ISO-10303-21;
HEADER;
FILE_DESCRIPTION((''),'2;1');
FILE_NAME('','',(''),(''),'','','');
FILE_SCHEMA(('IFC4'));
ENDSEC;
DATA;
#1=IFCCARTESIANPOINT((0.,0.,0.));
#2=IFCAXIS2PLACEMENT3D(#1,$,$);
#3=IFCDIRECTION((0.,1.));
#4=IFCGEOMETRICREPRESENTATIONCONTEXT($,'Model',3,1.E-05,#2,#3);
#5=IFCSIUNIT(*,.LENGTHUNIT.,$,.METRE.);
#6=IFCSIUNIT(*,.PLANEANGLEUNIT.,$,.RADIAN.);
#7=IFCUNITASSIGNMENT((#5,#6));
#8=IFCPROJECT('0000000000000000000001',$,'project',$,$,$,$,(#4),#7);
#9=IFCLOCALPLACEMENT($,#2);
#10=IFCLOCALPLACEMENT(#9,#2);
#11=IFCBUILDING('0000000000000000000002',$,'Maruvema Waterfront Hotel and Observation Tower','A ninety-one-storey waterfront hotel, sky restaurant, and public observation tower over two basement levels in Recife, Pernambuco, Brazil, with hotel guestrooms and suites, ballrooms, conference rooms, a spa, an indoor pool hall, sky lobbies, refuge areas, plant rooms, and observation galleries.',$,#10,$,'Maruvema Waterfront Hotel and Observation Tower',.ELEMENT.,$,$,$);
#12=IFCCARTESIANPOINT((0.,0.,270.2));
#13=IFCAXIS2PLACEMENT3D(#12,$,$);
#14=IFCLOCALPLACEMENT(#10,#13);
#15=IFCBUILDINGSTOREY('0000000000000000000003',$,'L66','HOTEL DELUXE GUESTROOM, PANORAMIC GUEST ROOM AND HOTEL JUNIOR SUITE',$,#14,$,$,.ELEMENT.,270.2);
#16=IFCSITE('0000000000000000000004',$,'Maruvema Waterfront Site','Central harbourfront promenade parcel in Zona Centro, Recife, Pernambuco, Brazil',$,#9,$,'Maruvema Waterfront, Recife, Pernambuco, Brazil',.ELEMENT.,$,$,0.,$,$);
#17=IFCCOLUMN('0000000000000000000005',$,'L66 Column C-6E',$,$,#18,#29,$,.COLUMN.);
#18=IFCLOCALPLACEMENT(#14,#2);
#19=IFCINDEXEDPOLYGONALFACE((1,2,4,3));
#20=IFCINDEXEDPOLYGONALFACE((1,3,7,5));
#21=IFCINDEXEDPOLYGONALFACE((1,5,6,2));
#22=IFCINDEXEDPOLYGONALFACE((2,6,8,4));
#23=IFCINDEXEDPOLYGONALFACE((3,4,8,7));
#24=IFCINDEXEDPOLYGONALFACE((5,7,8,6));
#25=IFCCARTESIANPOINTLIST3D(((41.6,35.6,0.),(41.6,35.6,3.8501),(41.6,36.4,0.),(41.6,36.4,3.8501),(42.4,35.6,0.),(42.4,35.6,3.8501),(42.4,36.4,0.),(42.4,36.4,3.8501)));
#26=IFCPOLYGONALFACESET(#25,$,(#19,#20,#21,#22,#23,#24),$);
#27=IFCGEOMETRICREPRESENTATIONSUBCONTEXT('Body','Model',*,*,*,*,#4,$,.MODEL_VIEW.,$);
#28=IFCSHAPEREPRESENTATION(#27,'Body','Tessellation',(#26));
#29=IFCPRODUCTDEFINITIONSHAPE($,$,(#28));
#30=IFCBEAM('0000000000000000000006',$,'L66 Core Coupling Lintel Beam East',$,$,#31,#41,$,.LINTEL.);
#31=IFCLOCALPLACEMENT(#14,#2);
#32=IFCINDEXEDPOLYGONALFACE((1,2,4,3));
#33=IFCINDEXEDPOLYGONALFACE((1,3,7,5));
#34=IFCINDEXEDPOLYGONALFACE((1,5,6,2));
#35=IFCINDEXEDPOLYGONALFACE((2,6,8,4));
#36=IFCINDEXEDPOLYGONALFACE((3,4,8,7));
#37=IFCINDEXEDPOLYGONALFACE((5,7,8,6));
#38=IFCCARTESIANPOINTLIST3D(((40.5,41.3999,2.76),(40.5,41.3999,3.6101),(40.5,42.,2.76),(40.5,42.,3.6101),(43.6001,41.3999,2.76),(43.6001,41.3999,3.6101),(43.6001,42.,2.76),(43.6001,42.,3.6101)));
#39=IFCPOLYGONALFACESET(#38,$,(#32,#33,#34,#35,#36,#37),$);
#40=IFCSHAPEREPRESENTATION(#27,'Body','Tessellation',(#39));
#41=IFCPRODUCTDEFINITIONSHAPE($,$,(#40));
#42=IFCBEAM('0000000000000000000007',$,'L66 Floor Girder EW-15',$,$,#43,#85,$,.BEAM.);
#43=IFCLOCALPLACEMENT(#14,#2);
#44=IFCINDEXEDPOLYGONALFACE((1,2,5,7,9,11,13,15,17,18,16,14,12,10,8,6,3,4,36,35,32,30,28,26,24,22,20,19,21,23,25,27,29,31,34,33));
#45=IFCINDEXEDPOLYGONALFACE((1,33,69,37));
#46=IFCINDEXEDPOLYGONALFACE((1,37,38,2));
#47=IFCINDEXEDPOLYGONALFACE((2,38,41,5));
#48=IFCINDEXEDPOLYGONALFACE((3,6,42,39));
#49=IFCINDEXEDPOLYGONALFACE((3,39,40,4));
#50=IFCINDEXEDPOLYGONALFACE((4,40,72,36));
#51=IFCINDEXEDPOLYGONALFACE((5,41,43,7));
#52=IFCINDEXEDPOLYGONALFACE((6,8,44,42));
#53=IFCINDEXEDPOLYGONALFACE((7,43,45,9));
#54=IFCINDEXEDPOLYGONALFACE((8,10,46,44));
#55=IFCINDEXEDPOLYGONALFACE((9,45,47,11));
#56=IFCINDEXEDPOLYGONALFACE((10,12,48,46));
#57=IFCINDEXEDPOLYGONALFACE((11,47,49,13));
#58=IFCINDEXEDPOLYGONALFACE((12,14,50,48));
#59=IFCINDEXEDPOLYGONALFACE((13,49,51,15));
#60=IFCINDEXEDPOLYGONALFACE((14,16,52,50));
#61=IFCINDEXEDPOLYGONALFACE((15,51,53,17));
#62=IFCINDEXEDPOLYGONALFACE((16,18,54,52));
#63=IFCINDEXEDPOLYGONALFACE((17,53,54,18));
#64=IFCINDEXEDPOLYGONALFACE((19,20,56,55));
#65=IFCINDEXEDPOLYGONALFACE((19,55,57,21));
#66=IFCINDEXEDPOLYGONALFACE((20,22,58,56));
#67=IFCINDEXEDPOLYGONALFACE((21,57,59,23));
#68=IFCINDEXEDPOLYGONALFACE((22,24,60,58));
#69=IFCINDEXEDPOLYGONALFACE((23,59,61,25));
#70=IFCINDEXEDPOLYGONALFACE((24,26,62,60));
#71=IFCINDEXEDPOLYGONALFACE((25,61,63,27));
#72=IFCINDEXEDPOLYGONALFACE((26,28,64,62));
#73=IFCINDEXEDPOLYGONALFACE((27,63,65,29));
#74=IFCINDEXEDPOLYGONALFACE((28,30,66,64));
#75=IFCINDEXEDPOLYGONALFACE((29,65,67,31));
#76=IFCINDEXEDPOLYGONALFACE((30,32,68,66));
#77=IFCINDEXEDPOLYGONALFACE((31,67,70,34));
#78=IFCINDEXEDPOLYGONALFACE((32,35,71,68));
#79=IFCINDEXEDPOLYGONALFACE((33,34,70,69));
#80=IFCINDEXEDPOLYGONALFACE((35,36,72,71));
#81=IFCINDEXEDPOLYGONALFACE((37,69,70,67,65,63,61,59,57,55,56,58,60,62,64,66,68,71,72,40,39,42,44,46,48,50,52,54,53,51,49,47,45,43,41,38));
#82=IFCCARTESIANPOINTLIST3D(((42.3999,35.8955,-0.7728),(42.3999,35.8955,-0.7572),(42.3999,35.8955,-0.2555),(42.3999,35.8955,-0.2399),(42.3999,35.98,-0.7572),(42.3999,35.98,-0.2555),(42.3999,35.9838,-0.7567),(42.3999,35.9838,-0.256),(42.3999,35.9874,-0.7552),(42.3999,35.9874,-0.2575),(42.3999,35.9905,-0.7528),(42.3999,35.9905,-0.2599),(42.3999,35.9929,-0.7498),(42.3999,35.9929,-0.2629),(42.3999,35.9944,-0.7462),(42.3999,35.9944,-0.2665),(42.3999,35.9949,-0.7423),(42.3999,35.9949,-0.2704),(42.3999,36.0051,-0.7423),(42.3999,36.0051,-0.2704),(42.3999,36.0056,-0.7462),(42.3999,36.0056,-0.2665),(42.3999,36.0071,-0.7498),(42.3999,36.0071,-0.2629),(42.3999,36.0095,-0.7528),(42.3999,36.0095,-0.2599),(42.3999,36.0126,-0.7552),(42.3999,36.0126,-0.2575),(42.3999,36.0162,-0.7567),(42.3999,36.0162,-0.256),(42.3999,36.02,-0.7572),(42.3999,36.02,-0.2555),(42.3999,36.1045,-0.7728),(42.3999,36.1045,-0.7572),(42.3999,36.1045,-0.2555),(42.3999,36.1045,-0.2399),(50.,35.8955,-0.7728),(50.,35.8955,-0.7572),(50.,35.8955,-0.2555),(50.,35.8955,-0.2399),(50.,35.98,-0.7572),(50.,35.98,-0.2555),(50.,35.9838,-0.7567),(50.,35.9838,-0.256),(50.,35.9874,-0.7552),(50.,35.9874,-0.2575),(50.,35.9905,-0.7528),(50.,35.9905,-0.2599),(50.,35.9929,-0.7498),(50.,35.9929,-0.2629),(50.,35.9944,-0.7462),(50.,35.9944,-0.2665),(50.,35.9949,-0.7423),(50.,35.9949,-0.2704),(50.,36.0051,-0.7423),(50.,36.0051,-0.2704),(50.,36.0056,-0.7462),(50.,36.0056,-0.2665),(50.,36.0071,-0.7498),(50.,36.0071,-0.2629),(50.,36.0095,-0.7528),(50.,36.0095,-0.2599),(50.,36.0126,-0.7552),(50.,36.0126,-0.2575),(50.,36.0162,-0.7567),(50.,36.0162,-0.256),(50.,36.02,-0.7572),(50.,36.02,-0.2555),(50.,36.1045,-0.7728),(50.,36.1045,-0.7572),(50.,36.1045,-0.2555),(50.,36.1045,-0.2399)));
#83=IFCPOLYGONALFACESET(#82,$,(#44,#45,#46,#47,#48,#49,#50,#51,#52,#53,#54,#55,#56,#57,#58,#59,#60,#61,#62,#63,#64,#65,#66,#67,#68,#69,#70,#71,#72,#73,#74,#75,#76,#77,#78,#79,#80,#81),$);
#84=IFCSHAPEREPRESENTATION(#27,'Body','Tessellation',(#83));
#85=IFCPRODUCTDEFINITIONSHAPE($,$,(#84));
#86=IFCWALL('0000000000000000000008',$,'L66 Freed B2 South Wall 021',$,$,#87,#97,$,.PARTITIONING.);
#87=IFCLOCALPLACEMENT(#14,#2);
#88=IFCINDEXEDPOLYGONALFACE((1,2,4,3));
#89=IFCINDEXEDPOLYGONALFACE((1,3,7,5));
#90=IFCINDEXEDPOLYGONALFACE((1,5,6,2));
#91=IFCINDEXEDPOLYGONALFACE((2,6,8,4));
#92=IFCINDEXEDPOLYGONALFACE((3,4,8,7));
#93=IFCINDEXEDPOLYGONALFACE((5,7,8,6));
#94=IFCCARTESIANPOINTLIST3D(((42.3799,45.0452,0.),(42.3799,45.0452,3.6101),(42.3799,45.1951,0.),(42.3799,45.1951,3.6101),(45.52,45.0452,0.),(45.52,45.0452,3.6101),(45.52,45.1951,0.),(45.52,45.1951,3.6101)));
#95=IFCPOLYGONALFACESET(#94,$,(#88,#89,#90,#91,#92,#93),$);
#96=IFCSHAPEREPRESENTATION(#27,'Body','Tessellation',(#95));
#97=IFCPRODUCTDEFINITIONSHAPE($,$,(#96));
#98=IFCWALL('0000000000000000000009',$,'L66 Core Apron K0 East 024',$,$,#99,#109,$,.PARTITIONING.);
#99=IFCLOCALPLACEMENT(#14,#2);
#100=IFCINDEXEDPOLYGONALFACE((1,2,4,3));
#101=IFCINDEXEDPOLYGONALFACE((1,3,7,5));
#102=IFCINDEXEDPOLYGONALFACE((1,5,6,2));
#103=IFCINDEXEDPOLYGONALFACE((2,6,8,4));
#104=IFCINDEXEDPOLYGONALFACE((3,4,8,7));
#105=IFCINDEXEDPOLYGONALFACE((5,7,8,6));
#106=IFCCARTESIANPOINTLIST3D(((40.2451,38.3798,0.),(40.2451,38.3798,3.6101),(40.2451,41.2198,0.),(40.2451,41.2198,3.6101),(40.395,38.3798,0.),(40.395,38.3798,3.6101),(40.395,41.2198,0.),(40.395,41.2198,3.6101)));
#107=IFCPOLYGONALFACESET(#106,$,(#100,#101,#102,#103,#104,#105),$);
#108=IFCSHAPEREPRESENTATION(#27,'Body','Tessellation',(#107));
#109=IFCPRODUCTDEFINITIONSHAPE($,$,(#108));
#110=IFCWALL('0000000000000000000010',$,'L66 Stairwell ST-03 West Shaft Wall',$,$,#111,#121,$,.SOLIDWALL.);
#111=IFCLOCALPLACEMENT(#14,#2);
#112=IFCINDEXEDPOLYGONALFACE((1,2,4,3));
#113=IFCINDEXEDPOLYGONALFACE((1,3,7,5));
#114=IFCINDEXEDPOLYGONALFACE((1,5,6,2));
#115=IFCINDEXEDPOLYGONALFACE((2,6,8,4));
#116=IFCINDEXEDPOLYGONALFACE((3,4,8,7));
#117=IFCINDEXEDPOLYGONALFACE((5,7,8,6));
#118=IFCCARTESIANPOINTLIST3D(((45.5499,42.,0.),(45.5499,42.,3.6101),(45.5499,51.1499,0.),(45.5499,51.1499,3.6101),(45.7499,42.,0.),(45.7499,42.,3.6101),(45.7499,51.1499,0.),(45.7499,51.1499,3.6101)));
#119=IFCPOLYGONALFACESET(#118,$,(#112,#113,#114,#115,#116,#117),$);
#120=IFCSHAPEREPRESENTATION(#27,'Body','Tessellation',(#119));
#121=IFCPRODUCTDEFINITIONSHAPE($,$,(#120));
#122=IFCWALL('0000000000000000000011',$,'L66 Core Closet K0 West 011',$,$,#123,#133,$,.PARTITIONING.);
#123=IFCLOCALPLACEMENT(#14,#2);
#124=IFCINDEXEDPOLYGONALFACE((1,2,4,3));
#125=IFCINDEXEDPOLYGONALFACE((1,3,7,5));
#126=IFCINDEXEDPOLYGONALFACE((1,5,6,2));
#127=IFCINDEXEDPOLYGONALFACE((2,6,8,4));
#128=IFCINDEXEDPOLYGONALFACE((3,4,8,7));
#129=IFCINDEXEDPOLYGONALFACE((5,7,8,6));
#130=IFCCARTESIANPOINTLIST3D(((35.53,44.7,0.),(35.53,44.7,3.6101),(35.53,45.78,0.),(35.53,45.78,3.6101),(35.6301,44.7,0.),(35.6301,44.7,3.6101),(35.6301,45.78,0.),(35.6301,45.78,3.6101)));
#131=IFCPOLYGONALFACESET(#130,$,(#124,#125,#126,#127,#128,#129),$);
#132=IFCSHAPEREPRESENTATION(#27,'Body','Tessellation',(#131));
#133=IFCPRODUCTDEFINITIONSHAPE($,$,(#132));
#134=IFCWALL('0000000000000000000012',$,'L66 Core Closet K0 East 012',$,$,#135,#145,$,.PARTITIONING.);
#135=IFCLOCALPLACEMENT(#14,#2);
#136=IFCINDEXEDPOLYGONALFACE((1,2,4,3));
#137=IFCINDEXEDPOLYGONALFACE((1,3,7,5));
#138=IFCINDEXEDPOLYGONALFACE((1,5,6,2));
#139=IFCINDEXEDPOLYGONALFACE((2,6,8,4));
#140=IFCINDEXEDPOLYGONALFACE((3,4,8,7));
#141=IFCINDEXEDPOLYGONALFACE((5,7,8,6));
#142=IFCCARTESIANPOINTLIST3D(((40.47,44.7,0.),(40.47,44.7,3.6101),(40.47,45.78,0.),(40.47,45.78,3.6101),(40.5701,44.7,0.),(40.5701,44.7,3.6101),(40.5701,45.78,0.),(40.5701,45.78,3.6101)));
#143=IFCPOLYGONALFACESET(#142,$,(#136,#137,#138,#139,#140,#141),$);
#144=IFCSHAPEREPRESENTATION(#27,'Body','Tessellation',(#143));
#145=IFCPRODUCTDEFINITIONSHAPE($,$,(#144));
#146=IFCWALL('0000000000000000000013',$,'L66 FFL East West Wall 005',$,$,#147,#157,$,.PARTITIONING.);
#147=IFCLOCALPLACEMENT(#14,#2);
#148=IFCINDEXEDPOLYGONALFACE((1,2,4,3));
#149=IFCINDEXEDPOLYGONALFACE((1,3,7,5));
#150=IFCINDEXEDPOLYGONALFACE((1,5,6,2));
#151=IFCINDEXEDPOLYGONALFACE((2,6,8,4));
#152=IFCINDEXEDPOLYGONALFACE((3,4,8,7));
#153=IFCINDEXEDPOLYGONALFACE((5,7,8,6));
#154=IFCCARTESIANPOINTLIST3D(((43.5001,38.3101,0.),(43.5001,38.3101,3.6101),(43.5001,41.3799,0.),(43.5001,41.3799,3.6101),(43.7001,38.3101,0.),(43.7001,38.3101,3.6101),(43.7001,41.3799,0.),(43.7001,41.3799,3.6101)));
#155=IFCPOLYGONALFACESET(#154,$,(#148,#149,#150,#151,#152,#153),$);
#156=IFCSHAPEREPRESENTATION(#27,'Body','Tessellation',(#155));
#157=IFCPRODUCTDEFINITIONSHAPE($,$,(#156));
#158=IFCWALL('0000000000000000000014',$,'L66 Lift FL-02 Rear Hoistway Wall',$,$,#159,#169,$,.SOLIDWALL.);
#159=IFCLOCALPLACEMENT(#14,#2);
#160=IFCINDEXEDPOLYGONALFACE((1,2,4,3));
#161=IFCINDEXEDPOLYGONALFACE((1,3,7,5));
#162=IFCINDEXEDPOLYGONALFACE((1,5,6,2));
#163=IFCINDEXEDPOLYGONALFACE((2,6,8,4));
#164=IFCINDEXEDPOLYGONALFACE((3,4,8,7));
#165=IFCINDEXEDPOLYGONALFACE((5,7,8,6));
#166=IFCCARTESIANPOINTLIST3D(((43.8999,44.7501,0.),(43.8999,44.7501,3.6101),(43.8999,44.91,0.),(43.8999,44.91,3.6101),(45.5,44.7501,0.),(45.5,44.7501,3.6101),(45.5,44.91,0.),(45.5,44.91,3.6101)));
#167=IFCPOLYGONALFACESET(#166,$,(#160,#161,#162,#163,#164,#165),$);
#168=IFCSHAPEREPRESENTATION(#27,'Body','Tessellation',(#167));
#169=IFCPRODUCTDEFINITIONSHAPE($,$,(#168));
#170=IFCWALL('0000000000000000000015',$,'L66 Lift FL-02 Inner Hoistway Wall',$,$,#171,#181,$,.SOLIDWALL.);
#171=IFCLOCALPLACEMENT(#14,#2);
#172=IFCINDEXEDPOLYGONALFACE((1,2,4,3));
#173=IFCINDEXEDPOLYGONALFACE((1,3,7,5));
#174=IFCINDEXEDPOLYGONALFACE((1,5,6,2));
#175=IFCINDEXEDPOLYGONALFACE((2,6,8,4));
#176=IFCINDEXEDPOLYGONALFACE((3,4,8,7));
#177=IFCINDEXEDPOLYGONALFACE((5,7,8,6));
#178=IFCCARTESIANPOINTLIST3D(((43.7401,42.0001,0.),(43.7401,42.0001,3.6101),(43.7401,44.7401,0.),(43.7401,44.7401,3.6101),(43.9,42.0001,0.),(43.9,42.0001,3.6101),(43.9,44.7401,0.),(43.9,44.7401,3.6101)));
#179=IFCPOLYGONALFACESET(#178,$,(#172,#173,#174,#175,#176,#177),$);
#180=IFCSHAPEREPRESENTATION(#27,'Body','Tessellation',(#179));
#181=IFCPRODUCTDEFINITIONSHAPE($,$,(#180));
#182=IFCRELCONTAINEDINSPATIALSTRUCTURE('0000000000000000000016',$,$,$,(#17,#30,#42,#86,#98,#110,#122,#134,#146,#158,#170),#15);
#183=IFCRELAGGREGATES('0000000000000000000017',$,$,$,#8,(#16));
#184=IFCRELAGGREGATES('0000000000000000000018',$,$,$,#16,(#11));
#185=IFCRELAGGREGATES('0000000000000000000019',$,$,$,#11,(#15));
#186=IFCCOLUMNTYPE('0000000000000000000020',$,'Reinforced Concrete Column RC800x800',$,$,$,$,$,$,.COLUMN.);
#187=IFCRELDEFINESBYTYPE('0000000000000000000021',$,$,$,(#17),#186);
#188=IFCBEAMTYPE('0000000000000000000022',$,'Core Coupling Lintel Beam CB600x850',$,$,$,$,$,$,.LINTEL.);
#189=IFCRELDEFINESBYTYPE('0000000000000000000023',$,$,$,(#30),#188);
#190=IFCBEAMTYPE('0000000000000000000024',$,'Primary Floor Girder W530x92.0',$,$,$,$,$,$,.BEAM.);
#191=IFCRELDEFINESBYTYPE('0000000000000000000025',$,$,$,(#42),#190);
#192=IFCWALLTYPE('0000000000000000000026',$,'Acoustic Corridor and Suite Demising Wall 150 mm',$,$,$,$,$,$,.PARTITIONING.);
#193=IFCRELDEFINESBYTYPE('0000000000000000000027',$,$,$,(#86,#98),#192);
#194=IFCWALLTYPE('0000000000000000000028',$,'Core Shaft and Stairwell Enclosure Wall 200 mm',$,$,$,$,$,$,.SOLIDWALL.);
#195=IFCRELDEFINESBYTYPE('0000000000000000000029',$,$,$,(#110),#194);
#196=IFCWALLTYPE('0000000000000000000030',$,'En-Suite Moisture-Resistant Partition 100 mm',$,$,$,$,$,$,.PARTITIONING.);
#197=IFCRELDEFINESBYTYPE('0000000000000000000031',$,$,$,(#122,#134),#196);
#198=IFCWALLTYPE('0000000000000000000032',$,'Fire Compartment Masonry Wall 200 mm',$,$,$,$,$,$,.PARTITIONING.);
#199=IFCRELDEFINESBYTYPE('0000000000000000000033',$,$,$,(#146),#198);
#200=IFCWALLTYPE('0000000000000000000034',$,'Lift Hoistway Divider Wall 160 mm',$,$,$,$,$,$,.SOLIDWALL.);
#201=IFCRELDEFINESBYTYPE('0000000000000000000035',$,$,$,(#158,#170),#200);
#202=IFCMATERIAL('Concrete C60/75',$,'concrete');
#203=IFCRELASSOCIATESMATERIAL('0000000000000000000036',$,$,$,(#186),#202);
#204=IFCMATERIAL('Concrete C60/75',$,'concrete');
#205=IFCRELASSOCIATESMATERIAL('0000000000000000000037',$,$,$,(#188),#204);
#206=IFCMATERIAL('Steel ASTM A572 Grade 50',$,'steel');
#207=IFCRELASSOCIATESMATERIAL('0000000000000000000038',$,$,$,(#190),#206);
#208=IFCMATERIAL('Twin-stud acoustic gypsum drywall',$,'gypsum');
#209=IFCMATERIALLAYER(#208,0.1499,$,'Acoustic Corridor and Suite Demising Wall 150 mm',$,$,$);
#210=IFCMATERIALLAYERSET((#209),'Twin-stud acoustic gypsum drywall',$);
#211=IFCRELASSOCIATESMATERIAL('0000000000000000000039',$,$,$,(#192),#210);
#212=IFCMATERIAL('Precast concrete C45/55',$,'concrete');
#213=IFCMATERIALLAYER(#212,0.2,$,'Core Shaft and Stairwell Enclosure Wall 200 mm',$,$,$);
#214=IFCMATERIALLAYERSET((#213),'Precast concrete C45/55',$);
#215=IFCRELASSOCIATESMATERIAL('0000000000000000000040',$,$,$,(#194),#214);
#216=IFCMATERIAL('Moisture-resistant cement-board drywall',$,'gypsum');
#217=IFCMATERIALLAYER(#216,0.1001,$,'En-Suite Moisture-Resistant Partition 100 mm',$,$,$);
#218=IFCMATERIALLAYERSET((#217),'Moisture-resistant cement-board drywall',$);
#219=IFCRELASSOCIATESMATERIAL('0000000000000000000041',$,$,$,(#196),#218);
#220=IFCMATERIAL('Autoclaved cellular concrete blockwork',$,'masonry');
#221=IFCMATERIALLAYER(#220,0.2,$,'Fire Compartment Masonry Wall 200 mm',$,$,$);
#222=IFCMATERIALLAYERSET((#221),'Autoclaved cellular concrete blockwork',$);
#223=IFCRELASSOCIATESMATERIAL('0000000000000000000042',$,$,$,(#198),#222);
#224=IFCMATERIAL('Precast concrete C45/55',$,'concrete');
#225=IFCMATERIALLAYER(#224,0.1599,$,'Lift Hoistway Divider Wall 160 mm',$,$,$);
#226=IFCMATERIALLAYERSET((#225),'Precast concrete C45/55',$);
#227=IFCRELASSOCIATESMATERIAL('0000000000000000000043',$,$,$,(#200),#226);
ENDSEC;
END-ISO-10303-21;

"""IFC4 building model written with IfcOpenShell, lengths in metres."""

from ifc_helpers import new_model, si_unit, direction, frame, frame_2d, origin, origin_2d, place, context, subcontext, project, spatial, rectangle, i_section, extrude, material, layer, layer_set, material_profile, profile_set, type_object, element, save


model = new_model("IFC4")

# Units and contexts
model_context = context("Model", 3, precision=1e-05, world=origin(), true_north=direction((0.0, 1.0)))
body_context = subcontext(model_context, "Body", "Model", "MODEL_VIEW")
ifc_project = project(units=[si_unit("LENGTHUNIT", "METRE"), si_unit("PLANEANGLEUNIT", "RADIAN")], contexts=[model_context])

# Site, building, storey
site_placement = place(None, origin())
site = spatial("IfcSite", under=ifc_project, at=site_placement, Name="Maruvema Waterfront Site", Description="Central harbourfront promenade parcel in Zona Centro, Recife, Pernambuco, Brazil", LongName="Maruvema Waterfront, Recife, Pernambuco, Brazil", CompositionType="ELEMENT", RefElevation=0.0)
building_placement = place(site_placement, origin())
building = spatial("IfcBuilding", under=site, at=building_placement, Name="Maruvema Waterfront Hotel and Observation Tower", Description="A ninety-one-storey waterfront hotel, sky restaurant, and public observation tower over two basement levels in Recife, Pernambuco, Brazil, with hotel guestrooms and suites, ballrooms, conference rooms, a spa, an indoor pool hall, sky lobbies, refuge areas, plant rooms, and observation galleries.", LongName="Maruvema Waterfront Hotel and Observation Tower", CompositionType="ELEMENT")
storey_placement = place(building_placement, frame((0.0, 0.0, 270.2)))
storey = spatial("IfcBuildingStorey", under=building, at=storey_placement, Name="L66", Description="HOTEL DELUXE GUESTROOM, PANORAMIC GUEST ROOM AND HOTEL JUNIOR SUITE", CompositionType="ELEMENT", Elevation=270.2)

# Column
ifc_material_1 = material(Name="Concrete C60/75", Category="concrete")
ifc_material_profile_1 = material_profile(ifc_material_1, rectangle(XDim=0.8, YDim=0.8, at=origin_2d()), Name="RC800x800")
ifc_profile_set_1 = profile_set([ifc_material_profile_1], Name="Concrete C60/75")
column_type = type_object("IfcColumnType", Name="Reinforced Concrete Column RC800x800", PredefinedType="COLUMN", material=ifc_profile_set_1)
column_placement = place(storey_placement, frame((42.0, 36.0, 0.0), z_axis=(0.0, 0.0, 1.0), x_axis=(1.0, 0.0, 0.0)))
element("IfcColumn", 1, at=column_placement, inside=storey, type_object=column_type, Name="L66 Column C-6E", PredefinedType="COLUMN", context=body_context, shape_type="SweptSolid", body=[
    extrude(rectangle(XDim=0.8, YDim=0.8, at=origin_2d()), origin(), (0.0, 0.0, 1.0), 3.8501),
])

# Beams
ifc_material_2 = material(Name="Concrete C60/75", Category="concrete")
ifc_material_profile_2 = material_profile(ifc_material_2, rectangle(XDim=0.6001, YDim=0.8501, at=origin_2d()), Name="CB600x850")
ifc_profile_set_2 = profile_set([ifc_material_profile_2], Name="Concrete C60/75")
beam_type_1 = type_object("IfcBeamType", Name="Core Coupling Lintel Beam CB600x850", PredefinedType="LINTEL", material=ifc_profile_set_2)
beam_1_placement = place(storey_placement, frame((40.5, 41.7, 3.1851), z_axis=(1.0, 0.0, 0.0), x_axis=(0.0, 1.0, 0.0)))
element("IfcBeam", 2, at=beam_1_placement, inside=storey, type_object=beam_type_1, Name="L66 Core Coupling Lintel Beam East", PredefinedType="LINTEL", context=body_context, shape_type="SweptSolid", body=[
    extrude(rectangle(XDim=0.6001, YDim=0.8501, at=origin_2d()), origin(), (0.0, 0.0, 1.0), 3.1001),
])
ifc_material_3 = material(Name="Steel ASTM A572 Grade 50", Category="steel")
ifc_material_profile_3 = material_profile(ifc_material_3, i_section(OverallWidth=0.209, OverallDepth=0.533, WebThickness=0.0103, FlangeThickness=0.0156, FilletRadius=0.0149, at=origin_2d()), Name="W530x92.0")
ifc_profile_set_3 = profile_set([ifc_material_profile_3], Name="Steel ASTM A572 Grade 50")
beam_type_2 = type_object("IfcBeamType", Name="Primary Floor Girder W530x92.0", PredefinedType="BEAM", material=ifc_profile_set_3)
beam_2_placement = place(storey_placement, frame((42.3999, 36.0, -0.5063), z_axis=(1.0, 0.0, 0.0), x_axis=(0.0, 1.0, 0.0)))
element("IfcBeam", 3, at=beam_2_placement, inside=storey, type_object=beam_type_2, Name="L66 Floor Girder EW-15", PredefinedType="BEAM", context=body_context, shape_type="SweptSolid", body=[
    extrude(i_section(OverallWidth=0.209, OverallDepth=0.533, WebThickness=0.0103, FlangeThickness=0.0156, FilletRadius=0.0149, at=origin_2d()), origin(), (0.0, 0.0, 1.0), 7.6001),
])

# Walls
ifc_material_4 = material(Name="Twin-stud acoustic gypsum drywall", Category="gypsum")
ifc_layer_1 = layer(ifc_material_4, 0.1499, Name="Acoustic Corridor and Suite Demising Wall 150 mm")
ifc_layer_set_1 = layer_set([ifc_layer_1], Name="Twin-stud acoustic gypsum drywall")
wall_type_1 = type_object("IfcWallType", Name="Acoustic Corridor and Suite Demising Wall 150 mm", PredefinedType="PARTITIONING", material=ifc_layer_set_1)
wall_1_placement = place(storey_placement, frame((42.3799, 45.1201, 0.0), z_axis=(0.0, 0.0, 1.0), x_axis=(1.0, 0.0, 0.0)))
element("IfcWall", 4, at=wall_1_placement, inside=storey, type_object=wall_type_1, Name="L66 Freed B2 South Wall 021", PredefinedType="PARTITIONING", context=body_context, shape_type="SweptSolid", body=[
    extrude(rectangle(XDim=3.1401, YDim=0.1499, at=frame_2d((1.5701, 0.0))), origin(), (0.0, 0.0, 1.0), 3.6101),
])
wall_2_placement = place(storey_placement, frame((40.3201, 38.3799, 0.0), z_axis=(0.0, 0.0, 1.0), x_axis=(0.0, 1.0, 0.0)))
element("IfcWall", 5, at=wall_2_placement, inside=storey, type_object=wall_type_1, Name="L66 Core Apron K0 East 024", PredefinedType="PARTITIONING", context=body_context, shape_type="SweptSolid", body=[
    extrude(rectangle(XDim=2.8401, YDim=0.1499, at=frame_2d((1.4199, 0.0))), origin(), (0.0, 0.0, 1.0), 3.6101),
])
ifc_material_5 = material(Name="Precast concrete C45/55", Category="concrete")
ifc_layer_2 = layer(ifc_material_5, 0.2, Name="Core Shaft and Stairwell Enclosure Wall 200 mm")
ifc_layer_set_2 = layer_set([ifc_layer_2], Name="Precast concrete C45/55")
wall_type_2 = type_object("IfcWallType", Name="Core Shaft and Stairwell Enclosure Wall 200 mm", PredefinedType="SOLIDWALL", material=ifc_layer_set_2)
wall_3_placement = place(storey_placement, frame((45.6499, 42.0, 0.0), z_axis=(0.0, 0.0, 1.0), x_axis=(0.0, 1.0, 0.0)))
element("IfcWall", 6, at=wall_3_placement, inside=storey, type_object=wall_type_2, Name="L66 Stairwell ST-03 West Shaft Wall", PredefinedType="SOLIDWALL", context=body_context, shape_type="SweptSolid", body=[
    extrude(rectangle(XDim=9.1499, YDim=0.2, at=frame_2d((4.575, 0.0))), origin(), (0.0, 0.0, 1.0), 3.6101),
])

# Walls
ifc_material_6 = material(Name="Moisture-resistant cement-board drywall", Category="gypsum")
ifc_layer_3 = layer(ifc_material_6, 0.1001, Name="En-Suite Moisture-Resistant Partition 100 mm")
ifc_layer_set_3 = layer_set([ifc_layer_3], Name="Moisture-resistant cement-board drywall")
wall_type_3 = type_object("IfcWallType", Name="En-Suite Moisture-Resistant Partition 100 mm", PredefinedType="PARTITIONING", material=ifc_layer_set_3)
for number, where, z_axis, x_axis, name in (
    (7, (35.5801, 44.7, 0.0), (0.0, 0.0, 1.0), (0.0, 1.0, 0.0), "L66 Core Closet K0 West 011"),
    (8, (40.52, 44.7, 0.0), (0.0, 0.0, 1.0), (0.0, 1.0, 0.0), "L66 Core Closet K0 East 012"),
):
    element("IfcWall", number, at=place(storey_placement, frame(where, z_axis=z_axis, x_axis=x_axis)), inside=storey, type_object=wall_type_3, Name=name, PredefinedType="PARTITIONING", context=body_context, shape_type="SweptSolid", body=[
        extrude(rectangle(XDim=1.0801, YDim=0.1001, at=frame_2d((0.54, 0.0))), origin(), (0.0, 0.0, 1.0), 3.6101),
    ])

# Shared definitions
ifc_material_7 = material(Name="Autoclaved cellular concrete blockwork", Category="masonry")
ifc_layer_4 = layer(ifc_material_7, 0.2, Name="Fire Compartment Masonry Wall 200 mm")
ifc_layer_set_4 = layer_set([ifc_layer_4], Name="Autoclaved cellular concrete blockwork")
wall_type_4 = type_object("IfcWallType", Name="Fire Compartment Masonry Wall 200 mm", PredefinedType="PARTITIONING", material=ifc_layer_set_4)

# Walls
wall_4_placement = place(storey_placement, frame((43.6001, 38.3101, 0.0), z_axis=(0.0, 0.0, 1.0), x_axis=(0.0, 1.0, 0.0)))
element("IfcWall", 9, at=wall_4_placement, inside=storey, type_object=wall_type_4, Name="L66 FFL East West Wall 005", PredefinedType="PARTITIONING", context=body_context, shape_type="SweptSolid", body=[
    extrude(rectangle(XDim=3.0698, YDim=0.2, at=frame_2d((1.5349, 0.0))), origin(), (0.0, 0.0, 1.0), 3.6101),
])
ifc_material_8 = material(Name="Precast concrete C45/55", Category="concrete")
ifc_layer_5 = layer(ifc_material_8, 0.1599, Name="Lift Hoistway Divider Wall 160 mm")
ifc_layer_set_5 = layer_set([ifc_layer_5], Name="Precast concrete C45/55")
wall_type_5 = type_object("IfcWallType", Name="Lift Hoistway Divider Wall 160 mm", PredefinedType="SOLIDWALL", material=ifc_layer_set_5)
wall_5_placement = place(storey_placement, frame((43.8999, 44.8301, 0.0), z_axis=(0.0, 0.0, 1.0), x_axis=(1.0, 0.0, 0.0)))
element("IfcWall", 10, at=wall_5_placement, inside=storey, type_object=wall_type_5, Name="L66 Lift FL-02 Rear Hoistway Wall", PredefinedType="SOLIDWALL", context=body_context, shape_type="SweptSolid", body=[
    extrude(rectangle(XDim=1.6001, YDim=0.1599, at=frame_2d((0.8, 0.0))), origin(), (0.0, 0.0, 1.0), 3.6101),
])
wall_6_placement = place(storey_placement, frame((43.8201, 42.0, 0.0), z_axis=(0.0, 0.0, 1.0), x_axis=(0.0, 1.0, 0.0)))
element("IfcWall", 11, at=wall_6_placement, inside=storey, type_object=wall_type_5, Name="L66 Lift FL-02 Inner Hoistway Wall", PredefinedType="SOLIDWALL", context=body_context, shape_type="SweptSolid", body=[
    extrude(rectangle(XDim=2.74, YDim=0.1599, at=frame_2d((1.3701, 0.0))), origin(), (0.0, 0.0, 1.0), 3.6101),
])

save(model, "model.ifc")
